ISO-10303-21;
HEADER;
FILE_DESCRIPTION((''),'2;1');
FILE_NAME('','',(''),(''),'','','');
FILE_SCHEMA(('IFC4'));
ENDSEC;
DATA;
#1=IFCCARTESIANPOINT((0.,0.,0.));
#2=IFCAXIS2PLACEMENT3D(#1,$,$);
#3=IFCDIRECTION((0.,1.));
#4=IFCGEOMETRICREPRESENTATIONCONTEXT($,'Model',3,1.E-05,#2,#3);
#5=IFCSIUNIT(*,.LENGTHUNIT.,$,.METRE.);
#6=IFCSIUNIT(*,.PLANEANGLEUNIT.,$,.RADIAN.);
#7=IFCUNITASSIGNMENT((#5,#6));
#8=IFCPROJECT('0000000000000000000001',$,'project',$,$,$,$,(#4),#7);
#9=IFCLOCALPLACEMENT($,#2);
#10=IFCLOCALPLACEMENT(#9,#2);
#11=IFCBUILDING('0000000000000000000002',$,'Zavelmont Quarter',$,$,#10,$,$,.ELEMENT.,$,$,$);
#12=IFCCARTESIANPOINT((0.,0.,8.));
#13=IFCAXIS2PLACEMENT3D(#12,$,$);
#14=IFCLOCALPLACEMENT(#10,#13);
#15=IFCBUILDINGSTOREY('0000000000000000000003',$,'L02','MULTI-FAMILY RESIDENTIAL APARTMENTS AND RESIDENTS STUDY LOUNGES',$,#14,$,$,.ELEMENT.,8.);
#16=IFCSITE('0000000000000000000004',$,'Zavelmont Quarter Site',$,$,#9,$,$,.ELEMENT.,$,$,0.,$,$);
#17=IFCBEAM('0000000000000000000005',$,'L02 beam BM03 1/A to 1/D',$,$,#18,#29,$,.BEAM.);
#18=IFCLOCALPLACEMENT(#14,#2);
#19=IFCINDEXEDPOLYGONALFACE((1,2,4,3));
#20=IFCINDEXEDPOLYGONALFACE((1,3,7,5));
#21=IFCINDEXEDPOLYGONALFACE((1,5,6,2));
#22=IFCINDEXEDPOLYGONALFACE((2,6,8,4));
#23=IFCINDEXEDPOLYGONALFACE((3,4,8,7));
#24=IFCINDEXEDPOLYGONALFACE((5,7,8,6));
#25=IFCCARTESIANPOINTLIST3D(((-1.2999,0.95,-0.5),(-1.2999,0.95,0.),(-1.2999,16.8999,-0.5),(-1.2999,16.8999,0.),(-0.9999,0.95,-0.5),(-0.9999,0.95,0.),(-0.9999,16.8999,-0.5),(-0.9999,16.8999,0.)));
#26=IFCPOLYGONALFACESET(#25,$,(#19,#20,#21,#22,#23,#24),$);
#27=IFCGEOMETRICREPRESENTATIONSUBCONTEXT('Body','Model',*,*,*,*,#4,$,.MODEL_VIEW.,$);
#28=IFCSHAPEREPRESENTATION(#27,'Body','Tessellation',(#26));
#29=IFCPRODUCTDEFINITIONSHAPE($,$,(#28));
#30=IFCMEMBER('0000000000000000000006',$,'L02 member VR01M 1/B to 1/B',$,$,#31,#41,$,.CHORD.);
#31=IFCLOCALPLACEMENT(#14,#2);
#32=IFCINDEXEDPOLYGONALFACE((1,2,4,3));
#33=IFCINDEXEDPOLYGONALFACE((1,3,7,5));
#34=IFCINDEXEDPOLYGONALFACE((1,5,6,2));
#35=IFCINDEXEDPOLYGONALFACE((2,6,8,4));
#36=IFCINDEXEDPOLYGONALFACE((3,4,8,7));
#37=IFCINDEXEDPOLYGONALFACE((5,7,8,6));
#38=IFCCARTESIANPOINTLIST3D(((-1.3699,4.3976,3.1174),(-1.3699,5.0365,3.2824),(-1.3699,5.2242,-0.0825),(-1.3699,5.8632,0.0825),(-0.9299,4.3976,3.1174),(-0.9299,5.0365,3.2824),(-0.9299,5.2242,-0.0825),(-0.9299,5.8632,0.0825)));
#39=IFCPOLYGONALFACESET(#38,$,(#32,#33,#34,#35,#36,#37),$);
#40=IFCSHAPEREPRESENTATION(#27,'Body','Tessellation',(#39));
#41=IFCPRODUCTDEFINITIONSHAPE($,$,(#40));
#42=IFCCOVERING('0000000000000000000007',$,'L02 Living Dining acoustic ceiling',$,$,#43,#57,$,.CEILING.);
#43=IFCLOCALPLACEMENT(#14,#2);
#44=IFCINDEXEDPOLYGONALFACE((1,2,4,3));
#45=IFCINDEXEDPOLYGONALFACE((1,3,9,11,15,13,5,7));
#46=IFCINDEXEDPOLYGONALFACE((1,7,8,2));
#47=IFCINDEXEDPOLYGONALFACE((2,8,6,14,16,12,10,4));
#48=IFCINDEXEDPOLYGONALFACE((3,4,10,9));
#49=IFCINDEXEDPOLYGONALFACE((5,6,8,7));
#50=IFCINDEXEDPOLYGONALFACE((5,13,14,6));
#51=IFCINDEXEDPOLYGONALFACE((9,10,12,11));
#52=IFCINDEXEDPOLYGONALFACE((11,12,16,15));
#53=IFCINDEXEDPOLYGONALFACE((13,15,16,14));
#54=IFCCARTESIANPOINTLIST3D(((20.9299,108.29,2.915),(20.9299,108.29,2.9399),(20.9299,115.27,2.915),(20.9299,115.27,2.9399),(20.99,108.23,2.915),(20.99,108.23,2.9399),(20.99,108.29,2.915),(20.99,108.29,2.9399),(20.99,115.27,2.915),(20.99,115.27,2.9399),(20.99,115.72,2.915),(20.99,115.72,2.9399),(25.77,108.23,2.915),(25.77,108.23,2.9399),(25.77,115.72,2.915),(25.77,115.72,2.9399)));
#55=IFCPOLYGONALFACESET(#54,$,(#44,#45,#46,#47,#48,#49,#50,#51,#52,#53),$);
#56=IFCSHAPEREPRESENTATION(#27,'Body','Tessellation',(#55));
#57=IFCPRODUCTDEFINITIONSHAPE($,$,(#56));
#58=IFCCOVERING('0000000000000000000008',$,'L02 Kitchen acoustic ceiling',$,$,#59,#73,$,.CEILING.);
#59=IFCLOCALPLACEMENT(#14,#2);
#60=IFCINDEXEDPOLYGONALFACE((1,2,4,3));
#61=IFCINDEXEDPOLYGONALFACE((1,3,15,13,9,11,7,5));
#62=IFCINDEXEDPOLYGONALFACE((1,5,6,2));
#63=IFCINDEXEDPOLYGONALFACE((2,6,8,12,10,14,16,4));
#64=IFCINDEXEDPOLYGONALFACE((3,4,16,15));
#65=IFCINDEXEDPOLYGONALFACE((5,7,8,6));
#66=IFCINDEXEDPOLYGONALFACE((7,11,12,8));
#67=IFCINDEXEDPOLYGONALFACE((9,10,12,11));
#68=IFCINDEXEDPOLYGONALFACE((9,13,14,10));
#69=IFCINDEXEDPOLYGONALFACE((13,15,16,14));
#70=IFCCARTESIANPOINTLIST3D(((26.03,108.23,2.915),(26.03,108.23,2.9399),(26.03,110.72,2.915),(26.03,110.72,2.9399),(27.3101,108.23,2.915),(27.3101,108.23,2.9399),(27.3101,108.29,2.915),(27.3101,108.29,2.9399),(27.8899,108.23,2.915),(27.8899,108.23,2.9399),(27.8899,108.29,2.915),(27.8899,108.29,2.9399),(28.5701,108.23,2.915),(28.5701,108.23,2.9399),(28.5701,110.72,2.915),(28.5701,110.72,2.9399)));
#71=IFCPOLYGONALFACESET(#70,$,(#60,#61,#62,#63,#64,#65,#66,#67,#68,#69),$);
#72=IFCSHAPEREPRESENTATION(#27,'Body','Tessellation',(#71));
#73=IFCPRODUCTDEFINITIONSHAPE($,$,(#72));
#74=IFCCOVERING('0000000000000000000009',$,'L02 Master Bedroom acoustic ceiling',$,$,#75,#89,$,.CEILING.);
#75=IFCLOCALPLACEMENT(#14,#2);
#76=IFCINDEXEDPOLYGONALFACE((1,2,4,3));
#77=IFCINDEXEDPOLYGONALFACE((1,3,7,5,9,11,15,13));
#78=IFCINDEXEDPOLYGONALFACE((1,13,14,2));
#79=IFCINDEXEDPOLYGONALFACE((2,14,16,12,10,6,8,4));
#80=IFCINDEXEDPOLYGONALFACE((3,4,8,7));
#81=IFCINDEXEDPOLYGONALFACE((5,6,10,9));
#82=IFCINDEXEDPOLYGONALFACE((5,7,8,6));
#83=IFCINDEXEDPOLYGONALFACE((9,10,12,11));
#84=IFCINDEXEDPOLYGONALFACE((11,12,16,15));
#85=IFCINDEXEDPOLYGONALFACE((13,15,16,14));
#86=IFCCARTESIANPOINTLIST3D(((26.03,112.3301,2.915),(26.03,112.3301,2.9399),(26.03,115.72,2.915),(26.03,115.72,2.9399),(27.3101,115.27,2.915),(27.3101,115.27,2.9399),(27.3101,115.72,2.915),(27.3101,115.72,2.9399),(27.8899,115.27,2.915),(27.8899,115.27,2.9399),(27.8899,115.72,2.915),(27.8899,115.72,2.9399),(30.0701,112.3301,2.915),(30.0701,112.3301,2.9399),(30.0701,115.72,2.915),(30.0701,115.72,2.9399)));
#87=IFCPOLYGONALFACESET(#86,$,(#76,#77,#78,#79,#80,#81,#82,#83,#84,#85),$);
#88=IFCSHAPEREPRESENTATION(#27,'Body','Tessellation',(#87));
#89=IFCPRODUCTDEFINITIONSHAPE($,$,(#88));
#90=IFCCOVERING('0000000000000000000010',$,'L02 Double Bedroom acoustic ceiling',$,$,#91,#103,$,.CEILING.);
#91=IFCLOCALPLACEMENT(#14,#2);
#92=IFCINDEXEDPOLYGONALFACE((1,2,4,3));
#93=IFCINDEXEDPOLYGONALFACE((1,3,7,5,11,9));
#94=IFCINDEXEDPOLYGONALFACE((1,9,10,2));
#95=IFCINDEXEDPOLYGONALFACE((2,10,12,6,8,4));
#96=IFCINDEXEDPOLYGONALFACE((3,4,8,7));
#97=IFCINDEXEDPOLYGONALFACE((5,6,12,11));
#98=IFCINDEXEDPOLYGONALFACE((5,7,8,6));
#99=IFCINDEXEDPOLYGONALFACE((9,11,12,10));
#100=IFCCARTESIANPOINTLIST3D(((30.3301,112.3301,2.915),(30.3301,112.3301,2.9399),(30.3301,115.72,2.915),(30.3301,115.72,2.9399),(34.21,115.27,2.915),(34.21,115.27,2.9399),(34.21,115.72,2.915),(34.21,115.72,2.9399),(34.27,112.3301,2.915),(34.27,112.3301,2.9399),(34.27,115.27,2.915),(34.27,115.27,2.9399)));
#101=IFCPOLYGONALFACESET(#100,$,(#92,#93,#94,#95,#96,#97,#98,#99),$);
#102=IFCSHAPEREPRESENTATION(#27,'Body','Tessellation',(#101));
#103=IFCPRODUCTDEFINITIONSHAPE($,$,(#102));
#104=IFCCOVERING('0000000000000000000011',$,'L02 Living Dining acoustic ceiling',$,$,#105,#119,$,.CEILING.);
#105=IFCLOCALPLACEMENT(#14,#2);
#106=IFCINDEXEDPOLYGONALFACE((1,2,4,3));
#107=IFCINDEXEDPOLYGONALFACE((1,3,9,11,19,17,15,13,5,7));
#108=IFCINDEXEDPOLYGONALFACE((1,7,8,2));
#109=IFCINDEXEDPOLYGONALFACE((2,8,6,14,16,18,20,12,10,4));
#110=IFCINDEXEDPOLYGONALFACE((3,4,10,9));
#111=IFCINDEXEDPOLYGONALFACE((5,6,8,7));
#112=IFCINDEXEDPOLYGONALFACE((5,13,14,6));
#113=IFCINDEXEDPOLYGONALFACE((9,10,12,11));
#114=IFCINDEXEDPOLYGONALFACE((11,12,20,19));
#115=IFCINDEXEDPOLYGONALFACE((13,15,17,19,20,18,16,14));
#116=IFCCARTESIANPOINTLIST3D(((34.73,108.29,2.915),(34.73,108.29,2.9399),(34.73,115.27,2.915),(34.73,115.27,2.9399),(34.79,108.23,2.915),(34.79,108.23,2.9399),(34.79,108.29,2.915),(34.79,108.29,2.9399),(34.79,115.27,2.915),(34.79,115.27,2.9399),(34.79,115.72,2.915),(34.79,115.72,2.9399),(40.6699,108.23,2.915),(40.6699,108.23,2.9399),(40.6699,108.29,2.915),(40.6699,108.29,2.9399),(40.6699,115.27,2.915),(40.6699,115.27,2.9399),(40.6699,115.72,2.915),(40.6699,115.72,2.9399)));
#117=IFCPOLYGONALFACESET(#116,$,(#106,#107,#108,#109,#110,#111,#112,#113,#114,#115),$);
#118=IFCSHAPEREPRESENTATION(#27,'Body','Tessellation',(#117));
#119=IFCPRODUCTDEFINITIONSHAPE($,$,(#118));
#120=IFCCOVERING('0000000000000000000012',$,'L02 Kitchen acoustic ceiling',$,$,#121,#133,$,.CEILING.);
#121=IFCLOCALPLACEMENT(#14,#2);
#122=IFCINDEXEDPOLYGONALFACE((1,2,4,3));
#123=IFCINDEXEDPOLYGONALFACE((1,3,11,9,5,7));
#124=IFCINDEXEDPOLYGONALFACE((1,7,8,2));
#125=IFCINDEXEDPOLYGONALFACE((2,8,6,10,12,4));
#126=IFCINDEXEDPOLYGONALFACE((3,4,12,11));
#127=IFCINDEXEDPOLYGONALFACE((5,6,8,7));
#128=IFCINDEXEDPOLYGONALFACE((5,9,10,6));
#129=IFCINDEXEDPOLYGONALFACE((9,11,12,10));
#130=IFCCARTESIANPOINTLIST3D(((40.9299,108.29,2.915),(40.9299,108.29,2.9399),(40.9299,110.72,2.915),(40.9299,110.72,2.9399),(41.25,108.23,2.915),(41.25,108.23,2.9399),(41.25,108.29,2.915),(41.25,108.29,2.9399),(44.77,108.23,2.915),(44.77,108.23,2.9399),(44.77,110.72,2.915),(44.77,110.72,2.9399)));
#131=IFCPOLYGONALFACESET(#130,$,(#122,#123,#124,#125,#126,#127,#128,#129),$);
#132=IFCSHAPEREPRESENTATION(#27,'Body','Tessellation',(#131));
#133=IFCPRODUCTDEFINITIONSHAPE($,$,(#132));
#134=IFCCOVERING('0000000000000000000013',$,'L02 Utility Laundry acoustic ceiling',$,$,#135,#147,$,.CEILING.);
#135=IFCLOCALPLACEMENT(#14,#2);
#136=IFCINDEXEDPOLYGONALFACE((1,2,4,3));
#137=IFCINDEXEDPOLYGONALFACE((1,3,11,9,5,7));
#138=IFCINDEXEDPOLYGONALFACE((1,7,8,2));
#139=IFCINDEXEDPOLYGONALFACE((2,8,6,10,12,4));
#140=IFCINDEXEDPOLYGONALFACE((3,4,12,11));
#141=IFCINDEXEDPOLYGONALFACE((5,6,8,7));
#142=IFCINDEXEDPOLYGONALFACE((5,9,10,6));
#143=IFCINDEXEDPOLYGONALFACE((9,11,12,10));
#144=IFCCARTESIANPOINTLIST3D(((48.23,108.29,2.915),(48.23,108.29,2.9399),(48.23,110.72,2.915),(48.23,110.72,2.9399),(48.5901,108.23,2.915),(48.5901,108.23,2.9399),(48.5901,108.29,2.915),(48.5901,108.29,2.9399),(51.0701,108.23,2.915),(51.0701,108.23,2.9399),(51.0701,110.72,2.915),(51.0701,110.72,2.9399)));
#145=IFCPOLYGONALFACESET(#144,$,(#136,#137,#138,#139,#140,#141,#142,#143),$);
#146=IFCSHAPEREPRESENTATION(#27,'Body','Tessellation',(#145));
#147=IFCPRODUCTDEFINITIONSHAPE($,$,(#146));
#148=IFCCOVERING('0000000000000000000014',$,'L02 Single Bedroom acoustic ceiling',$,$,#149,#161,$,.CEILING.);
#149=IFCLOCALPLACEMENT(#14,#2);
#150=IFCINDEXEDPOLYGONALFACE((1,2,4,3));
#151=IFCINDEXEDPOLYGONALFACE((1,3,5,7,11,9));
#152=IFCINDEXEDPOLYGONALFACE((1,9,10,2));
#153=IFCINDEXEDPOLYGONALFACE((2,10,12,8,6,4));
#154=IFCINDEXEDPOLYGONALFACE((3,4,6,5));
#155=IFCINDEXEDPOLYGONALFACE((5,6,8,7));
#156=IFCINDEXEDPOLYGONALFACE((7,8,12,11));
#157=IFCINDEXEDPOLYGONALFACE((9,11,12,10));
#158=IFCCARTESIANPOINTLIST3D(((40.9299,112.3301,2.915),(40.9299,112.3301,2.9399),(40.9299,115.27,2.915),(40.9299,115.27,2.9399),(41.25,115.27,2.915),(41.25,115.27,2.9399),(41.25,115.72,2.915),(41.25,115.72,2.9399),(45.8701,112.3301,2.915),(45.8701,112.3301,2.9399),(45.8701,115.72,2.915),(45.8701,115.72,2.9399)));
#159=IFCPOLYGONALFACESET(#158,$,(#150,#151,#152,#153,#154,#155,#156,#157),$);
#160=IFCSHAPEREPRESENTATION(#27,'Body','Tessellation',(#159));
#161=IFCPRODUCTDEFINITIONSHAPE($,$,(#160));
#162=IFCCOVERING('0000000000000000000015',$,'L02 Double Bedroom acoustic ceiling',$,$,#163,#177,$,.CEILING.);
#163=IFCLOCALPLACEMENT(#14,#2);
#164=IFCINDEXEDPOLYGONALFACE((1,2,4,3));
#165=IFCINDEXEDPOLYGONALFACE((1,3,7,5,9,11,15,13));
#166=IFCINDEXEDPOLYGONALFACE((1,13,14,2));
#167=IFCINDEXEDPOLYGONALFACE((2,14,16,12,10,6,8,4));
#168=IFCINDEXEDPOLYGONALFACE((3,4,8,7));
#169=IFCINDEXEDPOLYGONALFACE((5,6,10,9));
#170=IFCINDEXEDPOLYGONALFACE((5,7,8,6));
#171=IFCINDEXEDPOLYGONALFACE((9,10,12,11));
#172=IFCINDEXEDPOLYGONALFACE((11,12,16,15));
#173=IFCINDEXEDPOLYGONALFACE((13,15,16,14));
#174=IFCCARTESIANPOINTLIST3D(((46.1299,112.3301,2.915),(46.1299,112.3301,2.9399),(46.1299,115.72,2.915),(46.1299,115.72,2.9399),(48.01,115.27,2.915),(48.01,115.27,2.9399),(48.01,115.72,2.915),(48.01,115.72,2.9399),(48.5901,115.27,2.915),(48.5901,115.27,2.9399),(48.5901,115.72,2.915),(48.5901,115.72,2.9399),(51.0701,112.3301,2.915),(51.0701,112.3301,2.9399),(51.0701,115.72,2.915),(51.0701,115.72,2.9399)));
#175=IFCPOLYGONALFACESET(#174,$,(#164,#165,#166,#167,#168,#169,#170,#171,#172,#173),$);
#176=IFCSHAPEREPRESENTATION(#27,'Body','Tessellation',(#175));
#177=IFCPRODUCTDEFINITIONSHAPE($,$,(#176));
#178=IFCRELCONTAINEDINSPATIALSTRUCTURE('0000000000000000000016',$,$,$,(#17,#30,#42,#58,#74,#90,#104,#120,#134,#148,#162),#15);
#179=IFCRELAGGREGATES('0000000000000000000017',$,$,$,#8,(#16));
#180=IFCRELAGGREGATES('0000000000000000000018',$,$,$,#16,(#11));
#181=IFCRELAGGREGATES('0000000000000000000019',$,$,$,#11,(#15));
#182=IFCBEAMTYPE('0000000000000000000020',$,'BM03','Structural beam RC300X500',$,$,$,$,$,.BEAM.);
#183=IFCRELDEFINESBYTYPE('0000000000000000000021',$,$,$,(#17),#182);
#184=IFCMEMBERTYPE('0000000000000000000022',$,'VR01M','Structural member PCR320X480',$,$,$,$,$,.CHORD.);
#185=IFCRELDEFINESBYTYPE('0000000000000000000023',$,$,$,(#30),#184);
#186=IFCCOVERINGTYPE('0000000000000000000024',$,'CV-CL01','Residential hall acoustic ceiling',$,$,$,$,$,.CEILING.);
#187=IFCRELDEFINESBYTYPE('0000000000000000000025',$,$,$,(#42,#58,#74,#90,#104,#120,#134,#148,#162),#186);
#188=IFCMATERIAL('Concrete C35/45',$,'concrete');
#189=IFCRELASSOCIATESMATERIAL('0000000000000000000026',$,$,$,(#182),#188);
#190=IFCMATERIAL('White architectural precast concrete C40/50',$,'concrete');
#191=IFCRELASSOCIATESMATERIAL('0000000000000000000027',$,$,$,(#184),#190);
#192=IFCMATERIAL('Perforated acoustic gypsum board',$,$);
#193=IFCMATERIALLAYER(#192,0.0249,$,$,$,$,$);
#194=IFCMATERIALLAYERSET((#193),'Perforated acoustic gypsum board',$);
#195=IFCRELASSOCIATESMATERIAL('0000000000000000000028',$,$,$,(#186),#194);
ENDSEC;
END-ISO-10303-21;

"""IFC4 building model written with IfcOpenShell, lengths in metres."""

from ifc_helpers import new_model, si_unit, direction, frame, origin, origin_2d, place, context, subcontext, project, spatial, polyline, rectangle, outline, extrude, material, layer, layer_set, material_profile, profile_set, type_object, element, save


model = new_model("IFC4")

# Units and contexts
model_context = context("Model", 3, precision=1e-05, world=origin(), true_north=direction((0.0, 1.0)))
body_context = subcontext(model_context, "Body", "Model", "MODEL_VIEW")
ifc_project = project(units=[si_unit("LENGTHUNIT", "METRE"), si_unit("PLANEANGLEUNIT", "RADIAN")], contexts=[model_context])

# Site, building, storey
site_placement = place(None, origin())
site = spatial("IfcSite", under=ifc_project, at=site_placement, Name="Zavelmont Quarter Site", CompositionType="ELEMENT", RefElevation=0.0)
building_placement = place(site_placement, origin())
building = spatial("IfcBuilding", under=site, at=building_placement, Name="Zavelmont Quarter", CompositionType="ELEMENT")
storey_placement = place(building_placement, frame((0.0, 0.0, 8.0)))
storey = spatial("IfcBuildingStorey", under=building, at=storey_placement, Name="L02", Description="MULTI-FAMILY RESIDENTIAL APARTMENTS AND RESIDENTS STUDY LOUNGES", CompositionType="ELEMENT", Elevation=8.0)

# Beam
ifc_material_1 = material(Name="Concrete C35/45", Category="concrete")
ifc_material_profile_1 = material_profile(ifc_material_1, rectangle(XDim=0.3, YDim=0.5, at=origin_2d()), Name="RC300X500")
ifc_profile_set_1 = profile_set([ifc_material_profile_1], Name="Concrete C35/45")
beam_type = type_object("IfcBeamType", Name="BM03", Description="Structural beam RC300X500", PredefinedType="BEAM", material=ifc_profile_set_1)
beam_placement = place(storey_placement, frame((-1.1499, 0.95, -0.25), z_axis=(0.0, 1.0, 0.0), x_axis=(-1.0, 0.0, 0.0)))
element("IfcBeam", 1, at=beam_placement, inside=storey, type_object=beam_type, Name="L02 beam BM03 1/A to 1/D", PredefinedType="BEAM", context=body_context, shape_type="SweptSolid", body=[
    extrude(rectangle(XDim=0.3, YDim=0.5, at=origin_2d()), origin(), (0.0, 0.0, 1.0), 15.95),
])

# Member
ifc_material_2 = material(Name="White architectural precast concrete C40/50", Category="concrete")
ifc_material_profile_2 = material_profile(ifc_material_2, rectangle(XDim=0.4399, YDim=0.6599, at=origin_2d()), Name="PCR320X480")
ifc_profile_set_2 = profile_set([ifc_material_profile_2], Name="White architectural precast concrete C40/50")
member_type = type_object("IfcMemberType", Name="VR01M", Description="Structural member PCR320X480", PredefinedType="CHORD", material=ifc_profile_set_2)
member_placement = place(storey_placement, frame((-1.1499, 5.5437, 0.0), z_axis=(0.0, -0.250124, 0.968214), x_axis=(1.0, 0.0, 0.0)))
element("IfcMember", 2, at=member_placement, inside=storey, type_object=member_type, Name="L02 member VR01M 1/B to 1/B", PredefinedType="CHORD", context=body_context, shape_type="SweptSolid", body=[
    extrude(rectangle(XDim=0.4399, YDim=0.6599, at=origin_2d()), origin(), (0.0, 0.0, 1.0), 3.3049),
])

# Coverings
ifc_material_3 = material(Name="Perforated acoustic gypsum board")
ifc_layer_1 = layer(ifc_material_3, 0.0249)
ifc_layer_set_1 = layer_set([ifc_layer_1], Name="Perforated acoustic gypsum board")
covering_type_1 = type_object("IfcCoveringType", Name="CV-CL01", Description="Residential hall acoustic ceiling", PredefinedType="CEILING", material=ifc_layer_set_1)
covering_1_placement = place(storey_placement, frame((0.0, 0.0, 2.915)))
element("IfcCovering", 3, at=covering_1_placement, inside=storey, type_object=covering_type_1, Name="L02 Living Dining acoustic ceiling", PredefinedType="CEILING", context=body_context, shape_type="SweptSolid", body=[
    extrude(outline(polyline([(20.9299, 115.27), (20.99, 115.27), (20.99, 115.72), (25.77, 115.72), (25.77, 108.23), (20.99, 108.23), (20.99, 108.29), (20.9299, 108.29), (20.9299, 115.27)])), origin(), (0.0, 0.0, 1.0), 0.0249),
])
covering_2_placement = place(storey_placement, frame((0.0, 0.0, 2.915)))
element("IfcCovering", 4, at=covering_2_placement, inside=storey, type_object=covering_type_1, Name="L02 Kitchen acoustic ceiling", PredefinedType="CEILING", context=body_context, shape_type="SweptSolid", body=[
    extrude(outline(polyline([(26.03, 110.72), (28.5701, 110.72), (28.5701, 108.23), (27.8899, 108.23), (27.8899, 108.29), (27.3101, 108.29), (27.3101, 108.23), (26.03, 108.23), (26.03, 110.72)])), origin(), (0.0, 0.0, 1.0), 0.0249),
])
covering_3_placement = place(storey_placement, frame((0.0, 0.0, 2.915)))
element("IfcCovering", 5, at=covering_3_placement, inside=storey, type_object=covering_type_1, Name="L02 Master Bedroom acoustic ceiling", PredefinedType="CEILING", context=body_context, shape_type="SweptSolid", body=[
    extrude(outline(polyline([(26.03, 115.72), (27.3101, 115.72), (27.3101, 115.27), (27.8899, 115.27), (27.8899, 115.72), (30.0701, 115.72), (30.0701, 112.3301), (26.03, 112.3301), (26.03, 115.72)])), origin(), (0.0, 0.0, 1.0), 0.0249),
])
covering_4_placement = place(storey_placement, frame((0.0, 0.0, 2.915)))
element("IfcCovering", 6, at=covering_4_placement, inside=storey, type_object=covering_type_1, Name="L02 Double Bedroom acoustic ceiling", PredefinedType="CEILING", context=body_context, shape_type="SweptSolid", body=[
    extrude(outline(polyline([(30.3301, 115.72), (34.21, 115.72), (34.21, 115.27), (34.27, 115.27), (34.27, 112.3301), (30.3301, 112.3301), (30.3301, 115.72)])), origin(), (0.0, 0.0, 1.0), 0.0249),
])
covering_5_placement = place(storey_placement, frame((0.0, 0.0, 2.915)))
element("IfcCovering", 7, at=covering_5_placement, inside=storey, type_object=covering_type_1, Name="L02 Living Dining acoustic ceiling", PredefinedType="CEILING", context=body_context, shape_type="SweptSolid", body=[
    extrude(outline(polyline([(34.73, 115.27), (34.79, 115.27), (34.79, 115.72), (40.6699, 115.72), (40.6699, 115.27), (40.6699, 108.29), (40.6699, 108.23), (34.79, 108.23), (34.79, 108.29), (34.73, 108.29), (34.73, 115.27)])), origin(), (0.0, 0.0, 1.0), 0.0249),
])
covering_6_placement = place(storey_placement, frame((0.0, 0.0, 2.915)))
element("IfcCovering", 8, at=covering_6_placement, inside=storey, type_object=covering_type_1, Name="L02 Kitchen acoustic ceiling", PredefinedType="CEILING", context=body_context, shape_type="SweptSolid", body=[
    extrude(outline(polyline([(40.9299, 110.72), (44.77, 110.72), (44.77, 108.23), (41.25, 108.23), (41.25, 108.29), (40.9299, 108.29), (40.9299, 110.72)])), origin(), (0.0, 0.0, 1.0), 0.0249),
])
covering_7_placement = place(storey_placement, frame((0.0, 0.0, 2.915)))
element("IfcCovering", 9, at=covering_7_placement, inside=storey, type_object=covering_type_1, Name="L02 Utility Laundry acoustic ceiling", PredefinedType="CEILING", context=body_context, shape_type="SweptSolid", body=[
    extrude(outline(polyline([(48.23, 110.72), (51.0701, 110.72), (51.0701, 108.23), (48.5901, 108.23), (48.5901, 108.29), (48.23, 108.29), (48.23, 110.72)])), origin(), (0.0, 0.0, 1.0), 0.0249),
])
covering_8_placement = place(storey_placement, frame((0.0, 0.0, 2.915)))
element("IfcCovering", 10, at=covering_8_placement, inside=storey, type_object=covering_type_1, Name="L02 Single Bedroom acoustic ceiling", PredefinedType="CEILING", context=body_context, shape_type="SweptSolid", body=[
    extrude(outline(polyline([(40.9299, 115.27), (41.25, 115.27), (41.25, 115.72), (45.8701, 115.72), (45.8701, 112.3301), (40.9299, 112.3301), (40.9299, 115.27)])), origin(), (0.0, 0.0, 1.0), 0.0249),
])
covering_9_placement = place(storey_placement, frame((0.0, 0.0, 2.915)))
element("IfcCovering", 11, at=covering_9_placement, inside=storey, type_object=covering_type_1, Name="L02 Double Bedroom acoustic ceiling", PredefinedType="CEILING", context=body_context, shape_type="SweptSolid", body=[
    extrude(outline(polyline([(46.1299, 115.72), (48.01, 115.72), (48.01, 115.27), (48.5901, 115.27), (48.5901, 115.72), (51.0701, 115.72), (51.0701, 112.3301), (46.1299, 112.3301), (46.1299, 115.72)])), origin(), (0.0, 0.0, 1.0), 0.0249),
])

save(model, "model.ifc")
